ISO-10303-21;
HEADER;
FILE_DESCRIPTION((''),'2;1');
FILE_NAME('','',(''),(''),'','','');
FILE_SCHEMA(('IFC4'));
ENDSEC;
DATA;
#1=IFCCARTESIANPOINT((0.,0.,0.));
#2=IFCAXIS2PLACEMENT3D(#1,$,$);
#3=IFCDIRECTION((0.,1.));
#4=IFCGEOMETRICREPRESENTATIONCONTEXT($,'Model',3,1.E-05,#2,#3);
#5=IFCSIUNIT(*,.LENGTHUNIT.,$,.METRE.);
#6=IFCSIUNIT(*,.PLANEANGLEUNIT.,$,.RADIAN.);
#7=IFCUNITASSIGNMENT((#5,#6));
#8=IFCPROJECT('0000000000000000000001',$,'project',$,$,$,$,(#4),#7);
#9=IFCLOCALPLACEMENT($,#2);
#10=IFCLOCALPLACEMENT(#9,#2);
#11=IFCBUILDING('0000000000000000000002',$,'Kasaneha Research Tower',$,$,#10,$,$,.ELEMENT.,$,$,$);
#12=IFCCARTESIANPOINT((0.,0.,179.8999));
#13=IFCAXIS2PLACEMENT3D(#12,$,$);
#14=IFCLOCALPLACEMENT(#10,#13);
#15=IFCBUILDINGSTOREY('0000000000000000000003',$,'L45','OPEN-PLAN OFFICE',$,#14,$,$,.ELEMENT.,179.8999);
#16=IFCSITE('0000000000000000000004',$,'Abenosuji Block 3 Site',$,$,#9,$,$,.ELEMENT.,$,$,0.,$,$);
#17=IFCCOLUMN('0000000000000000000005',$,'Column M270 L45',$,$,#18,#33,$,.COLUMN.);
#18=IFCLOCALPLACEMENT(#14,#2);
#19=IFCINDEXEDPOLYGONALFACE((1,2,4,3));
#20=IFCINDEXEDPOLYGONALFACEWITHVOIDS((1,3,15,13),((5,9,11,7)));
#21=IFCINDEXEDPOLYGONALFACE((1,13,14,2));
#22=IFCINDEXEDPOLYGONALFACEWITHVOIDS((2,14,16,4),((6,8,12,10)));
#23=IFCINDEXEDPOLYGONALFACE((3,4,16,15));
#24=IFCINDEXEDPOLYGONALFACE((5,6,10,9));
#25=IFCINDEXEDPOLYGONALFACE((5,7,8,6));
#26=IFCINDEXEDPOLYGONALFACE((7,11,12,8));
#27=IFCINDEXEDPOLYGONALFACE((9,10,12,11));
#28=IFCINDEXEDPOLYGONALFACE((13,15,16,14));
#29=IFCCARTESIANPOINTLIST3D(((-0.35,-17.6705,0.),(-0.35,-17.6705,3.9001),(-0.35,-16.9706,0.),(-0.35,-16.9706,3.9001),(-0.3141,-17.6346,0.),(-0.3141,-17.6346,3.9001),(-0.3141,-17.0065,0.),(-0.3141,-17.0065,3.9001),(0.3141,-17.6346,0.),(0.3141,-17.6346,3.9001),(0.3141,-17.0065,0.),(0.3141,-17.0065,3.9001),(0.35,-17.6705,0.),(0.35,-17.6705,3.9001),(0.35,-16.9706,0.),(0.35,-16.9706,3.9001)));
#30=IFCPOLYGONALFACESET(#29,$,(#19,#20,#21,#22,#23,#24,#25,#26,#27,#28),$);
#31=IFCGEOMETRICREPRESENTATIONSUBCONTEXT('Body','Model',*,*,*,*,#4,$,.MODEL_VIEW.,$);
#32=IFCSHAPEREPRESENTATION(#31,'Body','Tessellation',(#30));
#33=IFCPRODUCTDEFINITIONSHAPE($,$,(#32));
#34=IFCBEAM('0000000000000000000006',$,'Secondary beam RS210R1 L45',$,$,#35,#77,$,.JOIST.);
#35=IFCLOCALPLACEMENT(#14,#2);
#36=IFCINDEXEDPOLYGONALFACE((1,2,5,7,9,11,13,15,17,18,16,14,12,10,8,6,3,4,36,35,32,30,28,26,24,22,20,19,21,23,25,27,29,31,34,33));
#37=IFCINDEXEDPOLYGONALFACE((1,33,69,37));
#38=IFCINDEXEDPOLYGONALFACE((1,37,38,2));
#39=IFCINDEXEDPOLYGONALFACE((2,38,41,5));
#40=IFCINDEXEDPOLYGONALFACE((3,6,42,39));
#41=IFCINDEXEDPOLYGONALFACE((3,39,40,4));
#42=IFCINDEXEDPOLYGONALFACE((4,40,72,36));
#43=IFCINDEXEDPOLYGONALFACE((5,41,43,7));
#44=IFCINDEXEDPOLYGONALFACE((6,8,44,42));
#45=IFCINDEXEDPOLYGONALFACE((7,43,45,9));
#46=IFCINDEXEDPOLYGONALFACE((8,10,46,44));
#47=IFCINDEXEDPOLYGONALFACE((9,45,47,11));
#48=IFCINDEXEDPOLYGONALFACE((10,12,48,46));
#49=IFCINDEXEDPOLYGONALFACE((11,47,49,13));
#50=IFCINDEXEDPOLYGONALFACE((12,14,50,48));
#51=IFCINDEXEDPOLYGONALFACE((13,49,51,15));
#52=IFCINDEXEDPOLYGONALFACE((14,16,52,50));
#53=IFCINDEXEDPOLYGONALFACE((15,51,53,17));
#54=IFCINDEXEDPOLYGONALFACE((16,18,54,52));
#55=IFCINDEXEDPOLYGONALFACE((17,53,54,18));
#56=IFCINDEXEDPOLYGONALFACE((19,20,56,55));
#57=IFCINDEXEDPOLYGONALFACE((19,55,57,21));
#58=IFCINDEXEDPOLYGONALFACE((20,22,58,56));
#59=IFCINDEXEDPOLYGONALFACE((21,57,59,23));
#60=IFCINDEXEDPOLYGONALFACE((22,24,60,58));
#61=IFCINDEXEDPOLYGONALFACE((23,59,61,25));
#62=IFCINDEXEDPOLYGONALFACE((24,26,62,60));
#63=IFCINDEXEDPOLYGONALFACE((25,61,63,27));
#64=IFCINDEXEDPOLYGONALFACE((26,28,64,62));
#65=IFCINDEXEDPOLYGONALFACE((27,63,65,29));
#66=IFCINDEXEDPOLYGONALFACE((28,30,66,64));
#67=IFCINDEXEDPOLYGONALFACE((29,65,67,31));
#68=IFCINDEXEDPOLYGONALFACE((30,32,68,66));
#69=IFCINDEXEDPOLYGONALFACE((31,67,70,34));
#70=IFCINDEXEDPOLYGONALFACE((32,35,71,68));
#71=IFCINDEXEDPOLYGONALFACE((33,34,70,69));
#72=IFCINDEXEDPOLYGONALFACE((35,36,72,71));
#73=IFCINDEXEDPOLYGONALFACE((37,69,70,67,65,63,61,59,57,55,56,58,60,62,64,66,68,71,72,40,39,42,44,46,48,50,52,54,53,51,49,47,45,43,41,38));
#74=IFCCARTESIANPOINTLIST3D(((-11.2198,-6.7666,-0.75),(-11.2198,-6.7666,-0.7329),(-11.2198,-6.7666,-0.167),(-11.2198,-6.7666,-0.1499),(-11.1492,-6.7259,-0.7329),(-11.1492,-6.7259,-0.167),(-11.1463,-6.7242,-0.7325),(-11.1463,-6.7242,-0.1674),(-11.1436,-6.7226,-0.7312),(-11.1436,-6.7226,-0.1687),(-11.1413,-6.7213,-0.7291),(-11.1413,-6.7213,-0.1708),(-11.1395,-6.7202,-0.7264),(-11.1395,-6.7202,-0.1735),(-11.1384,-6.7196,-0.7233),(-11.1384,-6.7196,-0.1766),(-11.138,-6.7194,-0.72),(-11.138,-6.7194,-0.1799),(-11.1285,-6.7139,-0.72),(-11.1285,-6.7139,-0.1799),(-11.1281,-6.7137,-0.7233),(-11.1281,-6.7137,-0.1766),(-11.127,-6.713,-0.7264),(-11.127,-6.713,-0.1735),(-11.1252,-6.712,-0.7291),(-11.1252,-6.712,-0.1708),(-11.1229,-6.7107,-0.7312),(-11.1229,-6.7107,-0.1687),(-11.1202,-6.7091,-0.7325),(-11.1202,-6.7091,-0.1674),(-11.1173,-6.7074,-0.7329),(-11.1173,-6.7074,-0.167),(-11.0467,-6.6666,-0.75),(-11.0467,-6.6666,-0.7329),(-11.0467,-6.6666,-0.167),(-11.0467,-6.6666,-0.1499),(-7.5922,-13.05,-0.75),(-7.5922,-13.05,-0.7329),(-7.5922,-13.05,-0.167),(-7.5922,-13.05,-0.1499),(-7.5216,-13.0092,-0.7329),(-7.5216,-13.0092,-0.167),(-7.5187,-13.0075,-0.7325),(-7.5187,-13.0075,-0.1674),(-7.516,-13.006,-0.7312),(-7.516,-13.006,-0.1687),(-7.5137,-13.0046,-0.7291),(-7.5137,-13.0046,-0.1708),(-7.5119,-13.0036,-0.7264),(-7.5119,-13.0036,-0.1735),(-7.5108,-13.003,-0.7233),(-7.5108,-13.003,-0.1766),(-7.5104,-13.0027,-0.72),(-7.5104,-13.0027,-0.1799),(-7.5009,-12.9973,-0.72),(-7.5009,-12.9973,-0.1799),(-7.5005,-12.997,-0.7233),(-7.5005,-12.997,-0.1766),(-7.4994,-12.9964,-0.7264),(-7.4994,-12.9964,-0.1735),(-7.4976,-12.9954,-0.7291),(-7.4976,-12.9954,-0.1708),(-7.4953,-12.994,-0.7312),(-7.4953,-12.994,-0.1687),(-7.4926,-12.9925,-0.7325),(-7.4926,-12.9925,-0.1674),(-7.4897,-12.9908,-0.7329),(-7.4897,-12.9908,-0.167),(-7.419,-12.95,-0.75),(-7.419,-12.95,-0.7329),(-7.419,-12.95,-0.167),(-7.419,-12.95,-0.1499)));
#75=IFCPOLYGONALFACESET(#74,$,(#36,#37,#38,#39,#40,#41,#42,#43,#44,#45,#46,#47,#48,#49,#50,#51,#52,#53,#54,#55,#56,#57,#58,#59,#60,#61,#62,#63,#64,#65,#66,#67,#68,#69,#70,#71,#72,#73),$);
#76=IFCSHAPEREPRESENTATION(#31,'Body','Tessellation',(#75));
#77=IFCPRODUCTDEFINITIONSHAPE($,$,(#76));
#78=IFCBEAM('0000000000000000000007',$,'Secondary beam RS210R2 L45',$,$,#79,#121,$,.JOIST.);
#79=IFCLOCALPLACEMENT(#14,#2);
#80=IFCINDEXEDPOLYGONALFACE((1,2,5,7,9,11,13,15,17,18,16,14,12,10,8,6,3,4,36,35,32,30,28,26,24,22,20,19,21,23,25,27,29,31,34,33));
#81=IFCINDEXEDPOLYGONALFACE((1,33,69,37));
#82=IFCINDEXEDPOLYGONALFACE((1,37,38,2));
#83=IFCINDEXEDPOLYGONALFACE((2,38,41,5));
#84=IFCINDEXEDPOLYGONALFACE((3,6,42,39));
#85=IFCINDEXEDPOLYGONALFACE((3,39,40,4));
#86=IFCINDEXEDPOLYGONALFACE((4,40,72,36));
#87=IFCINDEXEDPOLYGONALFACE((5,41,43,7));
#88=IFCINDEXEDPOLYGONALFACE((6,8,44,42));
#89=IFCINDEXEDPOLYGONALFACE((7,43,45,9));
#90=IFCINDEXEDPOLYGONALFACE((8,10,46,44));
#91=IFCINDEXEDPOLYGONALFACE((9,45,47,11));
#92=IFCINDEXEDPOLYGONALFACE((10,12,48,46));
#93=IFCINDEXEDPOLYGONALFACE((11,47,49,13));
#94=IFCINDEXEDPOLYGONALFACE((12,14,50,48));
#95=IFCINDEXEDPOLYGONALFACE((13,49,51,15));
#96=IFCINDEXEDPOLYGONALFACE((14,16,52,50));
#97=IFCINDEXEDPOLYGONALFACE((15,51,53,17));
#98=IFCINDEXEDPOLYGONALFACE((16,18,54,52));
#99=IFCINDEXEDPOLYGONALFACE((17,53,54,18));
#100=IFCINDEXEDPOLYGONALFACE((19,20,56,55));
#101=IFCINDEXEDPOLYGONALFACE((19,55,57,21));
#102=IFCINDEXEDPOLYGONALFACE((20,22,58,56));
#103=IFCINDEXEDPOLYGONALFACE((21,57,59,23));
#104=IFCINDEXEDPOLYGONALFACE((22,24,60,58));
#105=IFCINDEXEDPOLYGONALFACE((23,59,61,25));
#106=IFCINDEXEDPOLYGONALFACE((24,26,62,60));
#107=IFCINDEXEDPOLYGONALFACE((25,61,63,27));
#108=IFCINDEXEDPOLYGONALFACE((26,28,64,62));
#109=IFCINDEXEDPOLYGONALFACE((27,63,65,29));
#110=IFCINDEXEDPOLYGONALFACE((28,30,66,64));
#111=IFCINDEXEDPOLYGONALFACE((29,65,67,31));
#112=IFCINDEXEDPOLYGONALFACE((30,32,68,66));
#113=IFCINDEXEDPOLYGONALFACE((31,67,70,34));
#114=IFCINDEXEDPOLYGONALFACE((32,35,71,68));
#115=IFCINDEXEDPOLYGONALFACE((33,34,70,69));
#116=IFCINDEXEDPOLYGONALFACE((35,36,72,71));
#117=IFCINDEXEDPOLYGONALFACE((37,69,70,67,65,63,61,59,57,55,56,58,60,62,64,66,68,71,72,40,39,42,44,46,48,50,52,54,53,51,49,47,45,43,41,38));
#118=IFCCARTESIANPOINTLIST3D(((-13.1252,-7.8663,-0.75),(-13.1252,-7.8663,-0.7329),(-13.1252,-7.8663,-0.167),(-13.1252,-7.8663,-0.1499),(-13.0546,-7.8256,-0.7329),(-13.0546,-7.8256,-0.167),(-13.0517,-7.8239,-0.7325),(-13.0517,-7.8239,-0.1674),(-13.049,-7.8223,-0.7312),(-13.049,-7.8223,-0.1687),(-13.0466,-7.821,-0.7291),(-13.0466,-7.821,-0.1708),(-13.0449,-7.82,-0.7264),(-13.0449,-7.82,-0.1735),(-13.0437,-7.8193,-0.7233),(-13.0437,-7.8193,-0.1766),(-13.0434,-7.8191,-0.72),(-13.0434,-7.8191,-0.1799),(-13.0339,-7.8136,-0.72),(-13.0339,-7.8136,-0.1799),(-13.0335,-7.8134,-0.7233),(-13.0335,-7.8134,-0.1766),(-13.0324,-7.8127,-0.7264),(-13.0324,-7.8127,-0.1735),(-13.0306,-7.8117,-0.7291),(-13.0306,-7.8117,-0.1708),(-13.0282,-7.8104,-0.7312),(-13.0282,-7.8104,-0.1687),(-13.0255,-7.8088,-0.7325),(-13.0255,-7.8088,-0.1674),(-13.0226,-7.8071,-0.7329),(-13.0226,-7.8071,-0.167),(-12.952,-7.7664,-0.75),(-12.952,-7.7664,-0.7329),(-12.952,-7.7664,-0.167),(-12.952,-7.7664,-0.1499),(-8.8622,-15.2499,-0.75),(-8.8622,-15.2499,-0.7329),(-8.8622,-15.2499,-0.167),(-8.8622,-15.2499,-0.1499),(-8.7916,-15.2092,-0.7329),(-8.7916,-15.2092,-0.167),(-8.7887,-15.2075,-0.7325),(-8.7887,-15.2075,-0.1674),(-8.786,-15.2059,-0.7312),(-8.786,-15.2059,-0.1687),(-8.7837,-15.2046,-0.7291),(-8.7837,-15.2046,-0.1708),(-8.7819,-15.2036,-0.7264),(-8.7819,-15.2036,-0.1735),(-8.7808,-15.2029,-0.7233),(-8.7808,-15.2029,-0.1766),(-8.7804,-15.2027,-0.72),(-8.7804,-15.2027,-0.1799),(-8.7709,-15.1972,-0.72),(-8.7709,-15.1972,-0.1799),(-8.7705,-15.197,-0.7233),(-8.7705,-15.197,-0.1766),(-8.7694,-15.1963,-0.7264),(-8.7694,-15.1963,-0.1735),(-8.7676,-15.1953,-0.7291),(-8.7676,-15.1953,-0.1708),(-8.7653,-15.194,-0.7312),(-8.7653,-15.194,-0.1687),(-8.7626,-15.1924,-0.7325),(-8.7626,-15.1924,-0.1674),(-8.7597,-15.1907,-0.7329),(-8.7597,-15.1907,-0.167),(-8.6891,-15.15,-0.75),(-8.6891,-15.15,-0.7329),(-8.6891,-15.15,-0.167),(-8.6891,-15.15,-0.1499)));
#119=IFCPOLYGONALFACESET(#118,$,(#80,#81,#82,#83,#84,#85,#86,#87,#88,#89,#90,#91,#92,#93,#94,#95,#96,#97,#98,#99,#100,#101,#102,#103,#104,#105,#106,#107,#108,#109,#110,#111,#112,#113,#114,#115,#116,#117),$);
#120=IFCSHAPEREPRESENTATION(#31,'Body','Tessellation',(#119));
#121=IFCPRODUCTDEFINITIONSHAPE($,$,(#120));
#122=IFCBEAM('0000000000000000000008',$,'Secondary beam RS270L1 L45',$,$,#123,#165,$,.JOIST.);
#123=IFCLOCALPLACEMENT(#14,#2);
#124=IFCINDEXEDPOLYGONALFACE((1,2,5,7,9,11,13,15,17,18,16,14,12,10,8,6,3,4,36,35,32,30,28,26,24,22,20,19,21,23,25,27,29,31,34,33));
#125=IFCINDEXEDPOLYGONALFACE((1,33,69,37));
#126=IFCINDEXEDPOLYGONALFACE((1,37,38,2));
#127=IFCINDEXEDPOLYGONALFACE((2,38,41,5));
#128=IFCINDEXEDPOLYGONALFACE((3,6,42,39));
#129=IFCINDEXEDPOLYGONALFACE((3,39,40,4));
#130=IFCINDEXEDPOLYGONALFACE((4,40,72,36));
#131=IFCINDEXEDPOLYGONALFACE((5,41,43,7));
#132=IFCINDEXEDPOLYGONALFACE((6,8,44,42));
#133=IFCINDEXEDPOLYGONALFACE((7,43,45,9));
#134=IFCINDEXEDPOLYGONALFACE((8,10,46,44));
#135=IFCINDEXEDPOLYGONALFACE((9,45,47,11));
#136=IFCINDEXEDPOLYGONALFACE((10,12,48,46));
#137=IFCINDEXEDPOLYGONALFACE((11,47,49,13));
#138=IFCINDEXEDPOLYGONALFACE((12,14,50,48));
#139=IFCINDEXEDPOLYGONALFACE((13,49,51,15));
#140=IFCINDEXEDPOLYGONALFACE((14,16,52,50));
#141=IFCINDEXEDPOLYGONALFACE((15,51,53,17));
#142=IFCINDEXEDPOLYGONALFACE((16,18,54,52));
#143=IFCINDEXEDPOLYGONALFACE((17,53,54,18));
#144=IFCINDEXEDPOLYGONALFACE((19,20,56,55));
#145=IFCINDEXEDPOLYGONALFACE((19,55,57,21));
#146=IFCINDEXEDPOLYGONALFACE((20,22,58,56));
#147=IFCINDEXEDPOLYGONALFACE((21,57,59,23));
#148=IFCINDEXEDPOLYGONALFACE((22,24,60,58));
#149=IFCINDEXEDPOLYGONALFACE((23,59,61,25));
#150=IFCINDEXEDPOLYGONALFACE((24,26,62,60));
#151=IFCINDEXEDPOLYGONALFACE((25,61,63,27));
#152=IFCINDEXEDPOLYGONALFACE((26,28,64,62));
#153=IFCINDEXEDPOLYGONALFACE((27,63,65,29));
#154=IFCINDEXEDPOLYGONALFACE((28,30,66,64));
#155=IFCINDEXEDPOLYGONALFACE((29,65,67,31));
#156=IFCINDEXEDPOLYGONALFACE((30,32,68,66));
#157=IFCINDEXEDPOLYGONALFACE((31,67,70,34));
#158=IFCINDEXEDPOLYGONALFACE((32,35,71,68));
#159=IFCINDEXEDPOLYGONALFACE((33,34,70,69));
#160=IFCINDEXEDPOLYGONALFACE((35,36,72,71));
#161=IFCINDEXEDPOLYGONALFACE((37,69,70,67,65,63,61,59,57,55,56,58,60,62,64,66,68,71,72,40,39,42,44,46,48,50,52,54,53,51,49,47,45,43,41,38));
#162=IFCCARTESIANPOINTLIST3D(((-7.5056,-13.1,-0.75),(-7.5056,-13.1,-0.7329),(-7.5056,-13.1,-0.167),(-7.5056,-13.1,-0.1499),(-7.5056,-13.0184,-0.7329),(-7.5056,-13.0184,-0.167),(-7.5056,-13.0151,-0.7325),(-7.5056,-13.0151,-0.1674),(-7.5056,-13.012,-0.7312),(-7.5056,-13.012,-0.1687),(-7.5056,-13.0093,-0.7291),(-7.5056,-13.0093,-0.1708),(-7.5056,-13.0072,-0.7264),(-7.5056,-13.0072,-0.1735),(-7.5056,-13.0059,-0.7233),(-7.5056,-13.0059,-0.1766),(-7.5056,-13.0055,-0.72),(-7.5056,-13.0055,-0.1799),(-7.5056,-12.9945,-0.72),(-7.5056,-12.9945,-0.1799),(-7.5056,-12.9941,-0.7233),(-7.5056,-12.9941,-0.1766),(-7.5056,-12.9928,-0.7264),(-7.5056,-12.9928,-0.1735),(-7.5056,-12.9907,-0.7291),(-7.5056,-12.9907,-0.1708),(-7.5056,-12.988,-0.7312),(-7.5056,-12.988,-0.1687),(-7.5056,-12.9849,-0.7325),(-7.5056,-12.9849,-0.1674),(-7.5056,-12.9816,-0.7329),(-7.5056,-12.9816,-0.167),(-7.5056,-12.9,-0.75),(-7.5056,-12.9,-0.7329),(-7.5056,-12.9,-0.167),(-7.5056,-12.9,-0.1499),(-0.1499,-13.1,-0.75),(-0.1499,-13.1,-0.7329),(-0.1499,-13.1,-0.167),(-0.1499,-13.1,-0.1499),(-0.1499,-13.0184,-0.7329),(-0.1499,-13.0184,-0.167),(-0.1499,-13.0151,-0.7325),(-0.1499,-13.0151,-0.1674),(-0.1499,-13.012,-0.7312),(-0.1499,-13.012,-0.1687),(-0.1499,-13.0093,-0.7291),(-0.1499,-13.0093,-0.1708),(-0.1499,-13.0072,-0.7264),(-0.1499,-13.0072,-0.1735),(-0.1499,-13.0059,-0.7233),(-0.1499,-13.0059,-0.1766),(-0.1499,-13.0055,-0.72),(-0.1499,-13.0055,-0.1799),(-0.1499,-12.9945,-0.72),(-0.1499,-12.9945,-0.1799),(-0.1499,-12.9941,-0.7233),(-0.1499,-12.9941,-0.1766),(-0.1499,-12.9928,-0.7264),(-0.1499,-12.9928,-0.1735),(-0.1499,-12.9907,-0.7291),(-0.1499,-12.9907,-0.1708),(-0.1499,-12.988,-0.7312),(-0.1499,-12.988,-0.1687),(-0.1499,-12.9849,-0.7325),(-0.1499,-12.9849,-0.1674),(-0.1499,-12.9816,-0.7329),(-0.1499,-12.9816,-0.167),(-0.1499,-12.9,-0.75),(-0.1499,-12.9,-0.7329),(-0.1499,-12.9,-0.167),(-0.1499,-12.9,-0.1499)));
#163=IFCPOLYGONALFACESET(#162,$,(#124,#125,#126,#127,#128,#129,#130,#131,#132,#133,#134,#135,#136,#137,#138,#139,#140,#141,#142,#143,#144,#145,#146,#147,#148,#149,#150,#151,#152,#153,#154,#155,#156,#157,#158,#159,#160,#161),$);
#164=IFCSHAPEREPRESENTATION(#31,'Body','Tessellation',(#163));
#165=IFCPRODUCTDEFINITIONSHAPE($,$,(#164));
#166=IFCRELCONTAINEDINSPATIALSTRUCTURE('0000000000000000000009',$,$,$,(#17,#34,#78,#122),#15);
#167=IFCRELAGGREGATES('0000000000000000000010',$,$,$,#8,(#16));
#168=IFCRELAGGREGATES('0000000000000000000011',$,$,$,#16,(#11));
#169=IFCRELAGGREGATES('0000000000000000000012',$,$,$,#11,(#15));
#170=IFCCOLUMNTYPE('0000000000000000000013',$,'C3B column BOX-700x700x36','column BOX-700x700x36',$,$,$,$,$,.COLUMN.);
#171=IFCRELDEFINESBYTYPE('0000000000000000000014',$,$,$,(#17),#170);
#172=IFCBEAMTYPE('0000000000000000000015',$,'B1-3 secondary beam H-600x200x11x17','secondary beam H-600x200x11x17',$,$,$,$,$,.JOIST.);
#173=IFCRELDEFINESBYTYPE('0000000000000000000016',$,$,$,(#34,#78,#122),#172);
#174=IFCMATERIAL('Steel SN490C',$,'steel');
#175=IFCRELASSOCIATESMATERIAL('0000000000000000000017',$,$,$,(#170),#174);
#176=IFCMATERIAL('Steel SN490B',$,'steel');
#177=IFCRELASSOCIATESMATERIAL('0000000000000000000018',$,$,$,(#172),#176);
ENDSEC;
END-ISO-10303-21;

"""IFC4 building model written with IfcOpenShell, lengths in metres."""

from ifc_helpers import new_model, si_unit, direction, frame, origin, origin_2d, place, context, subcontext, project, spatial, hollow_rectangle, i_section, extrude, material, material_profile, profile_set, type_object, element, save


model = new_model("IFC4")

# Units and contexts
model_context = context("Model", 3, precision=1e-05, world=origin(), true_north=direction((0.0, 1.0)))
body_context = subcontext(model_context, "Body", "Model", "MODEL_VIEW")
ifc_project = project(units=[si_unit("LENGTHUNIT", "METRE"), si_unit("PLANEANGLEUNIT", "RADIAN")], contexts=[model_context])

# Site, building, storey
site_placement = place(None, origin())
site = spatial("IfcSite", under=ifc_project, at=site_placement, Name="Abenosuji Block 3 Site", CompositionType="ELEMENT", RefElevation=0.0)
building_placement = place(site_placement, origin())
building = spatial("IfcBuilding", under=site, at=building_placement, Name="Kasaneha Research Tower", CompositionType="ELEMENT")
storey_placement = place(building_placement, frame((0.0, 0.0, 179.8999)))
storey = spatial("IfcBuildingStorey", under=building, at=storey_placement, Name="L45", Description="OPEN-PLAN OFFICE", CompositionType="ELEMENT", Elevation=179.8999)

# Column
ifc_material_1 = material(Name="Steel SN490C", Category="steel")
ifc_material_profile_1 = material_profile(ifc_material_1, hollow_rectangle(XDim=0.7, YDim=0.7, WallThickness=0.0359, at=origin_2d()), Name="BOX-700x700x36")
ifc_profile_set_1 = profile_set([ifc_material_profile_1], Name="Steel SN490C")
column_type = type_object("IfcColumnType", Name="C3B column BOX-700x700x36", Description="column BOX-700x700x36", PredefinedType="COLUMN", material=ifc_profile_set_1)
column_placement = place(storey_placement, frame((0.0, -17.3206, 0.0), z_axis=(0.0, 0.0, 1.0), x_axis=(1.0, 0.0, 0.0)))
element("IfcColumn", 1, at=column_placement, inside=storey, type_object=column_type, Name="Column M270 L45", PredefinedType="COLUMN", context=body_context, shape_type="SweptSolid", body=[
    extrude(hollow_rectangle(XDim=0.7, YDim=0.7, WallThickness=0.0359, at=origin_2d()), origin(), (0.0, 0.0, 1.0), 3.9001),
])

# Beams
ifc_material_2 = material(Name="Steel SN490B", Category="steel")
ifc_material_profile_2 = material_profile(ifc_material_2, i_section(OverallWidth=0.2, OverallDepth=0.6001, WebThickness=0.011, FlangeThickness=0.0171, FilletRadius=0.0129, at=origin_2d()), Name="H-600x200x11x17")
ifc_profile_set_2 = profile_set([ifc_material_profile_2], Name="Steel SN490B")
beam_type_1 = type_object("IfcBeamType", Name="B1-3 secondary beam H-600x200x11x17", Description="secondary beam H-600x200x11x17", PredefinedType="JOIST", material=ifc_profile_set_2)
beam_1_placement = place(storey_placement, frame((-7.5056, -13.0, -0.45), z_axis=(-0.499993, 0.866029, 0.0), x_axis=(-0.866029, -0.499993, 0.0)))
element("IfcBeam", 2, at=beam_1_placement, inside=storey, type_object=beam_type_1, Name="Secondary beam RS210R1 L45", PredefinedType="JOIST", context=body_context, shape_type="SweptSolid", body=[
    extrude(i_section(OverallWidth=0.2, OverallDepth=0.6001, WebThickness=0.011, FlangeThickness=0.0171, FilletRadius=0.0129, at=origin_2d()), origin(), (0.0, 0.0, 1.0), 7.2554),
])
beam_2_placement = place(storey_placement, frame((-8.7756, -15.2, -0.45), z_axis=(-0.500004, 0.866023, 0.0), x_axis=(-0.866023, -0.500004, 0.0)))
element("IfcBeam", 3, at=beam_2_placement, inside=storey, type_object=beam_type_1, Name="Secondary beam RS210R2 L45", PredefinedType="JOIST", context=body_context, shape_type="SweptSolid", body=[
    extrude(i_section(OverallWidth=0.2, OverallDepth=0.6001, WebThickness=0.011, FlangeThickness=0.0171, FilletRadius=0.0129, at=origin_2d()), origin(), (0.0, 0.0, 1.0), 8.5259),
])
beam_3_placement = place(storey_placement, frame((-7.5056, -13.0, -0.45), z_axis=(1.0, 0.0, 0.0), x_axis=(0.0, 1.0, 0.0)))
element("IfcBeam", 4, at=beam_3_placement, inside=storey, type_object=beam_type_1, Name="Secondary beam RS270L1 L45", PredefinedType="JOIST", context=body_context, shape_type="SweptSolid", body=[
    extrude(i_section(OverallWidth=0.2, OverallDepth=0.6001, WebThickness=0.011, FlangeThickness=0.0171, FilletRadius=0.0129, at=origin_2d()), origin(), (0.0, 0.0, 1.0), 7.3557),
])

save(model, "model.ifc")
